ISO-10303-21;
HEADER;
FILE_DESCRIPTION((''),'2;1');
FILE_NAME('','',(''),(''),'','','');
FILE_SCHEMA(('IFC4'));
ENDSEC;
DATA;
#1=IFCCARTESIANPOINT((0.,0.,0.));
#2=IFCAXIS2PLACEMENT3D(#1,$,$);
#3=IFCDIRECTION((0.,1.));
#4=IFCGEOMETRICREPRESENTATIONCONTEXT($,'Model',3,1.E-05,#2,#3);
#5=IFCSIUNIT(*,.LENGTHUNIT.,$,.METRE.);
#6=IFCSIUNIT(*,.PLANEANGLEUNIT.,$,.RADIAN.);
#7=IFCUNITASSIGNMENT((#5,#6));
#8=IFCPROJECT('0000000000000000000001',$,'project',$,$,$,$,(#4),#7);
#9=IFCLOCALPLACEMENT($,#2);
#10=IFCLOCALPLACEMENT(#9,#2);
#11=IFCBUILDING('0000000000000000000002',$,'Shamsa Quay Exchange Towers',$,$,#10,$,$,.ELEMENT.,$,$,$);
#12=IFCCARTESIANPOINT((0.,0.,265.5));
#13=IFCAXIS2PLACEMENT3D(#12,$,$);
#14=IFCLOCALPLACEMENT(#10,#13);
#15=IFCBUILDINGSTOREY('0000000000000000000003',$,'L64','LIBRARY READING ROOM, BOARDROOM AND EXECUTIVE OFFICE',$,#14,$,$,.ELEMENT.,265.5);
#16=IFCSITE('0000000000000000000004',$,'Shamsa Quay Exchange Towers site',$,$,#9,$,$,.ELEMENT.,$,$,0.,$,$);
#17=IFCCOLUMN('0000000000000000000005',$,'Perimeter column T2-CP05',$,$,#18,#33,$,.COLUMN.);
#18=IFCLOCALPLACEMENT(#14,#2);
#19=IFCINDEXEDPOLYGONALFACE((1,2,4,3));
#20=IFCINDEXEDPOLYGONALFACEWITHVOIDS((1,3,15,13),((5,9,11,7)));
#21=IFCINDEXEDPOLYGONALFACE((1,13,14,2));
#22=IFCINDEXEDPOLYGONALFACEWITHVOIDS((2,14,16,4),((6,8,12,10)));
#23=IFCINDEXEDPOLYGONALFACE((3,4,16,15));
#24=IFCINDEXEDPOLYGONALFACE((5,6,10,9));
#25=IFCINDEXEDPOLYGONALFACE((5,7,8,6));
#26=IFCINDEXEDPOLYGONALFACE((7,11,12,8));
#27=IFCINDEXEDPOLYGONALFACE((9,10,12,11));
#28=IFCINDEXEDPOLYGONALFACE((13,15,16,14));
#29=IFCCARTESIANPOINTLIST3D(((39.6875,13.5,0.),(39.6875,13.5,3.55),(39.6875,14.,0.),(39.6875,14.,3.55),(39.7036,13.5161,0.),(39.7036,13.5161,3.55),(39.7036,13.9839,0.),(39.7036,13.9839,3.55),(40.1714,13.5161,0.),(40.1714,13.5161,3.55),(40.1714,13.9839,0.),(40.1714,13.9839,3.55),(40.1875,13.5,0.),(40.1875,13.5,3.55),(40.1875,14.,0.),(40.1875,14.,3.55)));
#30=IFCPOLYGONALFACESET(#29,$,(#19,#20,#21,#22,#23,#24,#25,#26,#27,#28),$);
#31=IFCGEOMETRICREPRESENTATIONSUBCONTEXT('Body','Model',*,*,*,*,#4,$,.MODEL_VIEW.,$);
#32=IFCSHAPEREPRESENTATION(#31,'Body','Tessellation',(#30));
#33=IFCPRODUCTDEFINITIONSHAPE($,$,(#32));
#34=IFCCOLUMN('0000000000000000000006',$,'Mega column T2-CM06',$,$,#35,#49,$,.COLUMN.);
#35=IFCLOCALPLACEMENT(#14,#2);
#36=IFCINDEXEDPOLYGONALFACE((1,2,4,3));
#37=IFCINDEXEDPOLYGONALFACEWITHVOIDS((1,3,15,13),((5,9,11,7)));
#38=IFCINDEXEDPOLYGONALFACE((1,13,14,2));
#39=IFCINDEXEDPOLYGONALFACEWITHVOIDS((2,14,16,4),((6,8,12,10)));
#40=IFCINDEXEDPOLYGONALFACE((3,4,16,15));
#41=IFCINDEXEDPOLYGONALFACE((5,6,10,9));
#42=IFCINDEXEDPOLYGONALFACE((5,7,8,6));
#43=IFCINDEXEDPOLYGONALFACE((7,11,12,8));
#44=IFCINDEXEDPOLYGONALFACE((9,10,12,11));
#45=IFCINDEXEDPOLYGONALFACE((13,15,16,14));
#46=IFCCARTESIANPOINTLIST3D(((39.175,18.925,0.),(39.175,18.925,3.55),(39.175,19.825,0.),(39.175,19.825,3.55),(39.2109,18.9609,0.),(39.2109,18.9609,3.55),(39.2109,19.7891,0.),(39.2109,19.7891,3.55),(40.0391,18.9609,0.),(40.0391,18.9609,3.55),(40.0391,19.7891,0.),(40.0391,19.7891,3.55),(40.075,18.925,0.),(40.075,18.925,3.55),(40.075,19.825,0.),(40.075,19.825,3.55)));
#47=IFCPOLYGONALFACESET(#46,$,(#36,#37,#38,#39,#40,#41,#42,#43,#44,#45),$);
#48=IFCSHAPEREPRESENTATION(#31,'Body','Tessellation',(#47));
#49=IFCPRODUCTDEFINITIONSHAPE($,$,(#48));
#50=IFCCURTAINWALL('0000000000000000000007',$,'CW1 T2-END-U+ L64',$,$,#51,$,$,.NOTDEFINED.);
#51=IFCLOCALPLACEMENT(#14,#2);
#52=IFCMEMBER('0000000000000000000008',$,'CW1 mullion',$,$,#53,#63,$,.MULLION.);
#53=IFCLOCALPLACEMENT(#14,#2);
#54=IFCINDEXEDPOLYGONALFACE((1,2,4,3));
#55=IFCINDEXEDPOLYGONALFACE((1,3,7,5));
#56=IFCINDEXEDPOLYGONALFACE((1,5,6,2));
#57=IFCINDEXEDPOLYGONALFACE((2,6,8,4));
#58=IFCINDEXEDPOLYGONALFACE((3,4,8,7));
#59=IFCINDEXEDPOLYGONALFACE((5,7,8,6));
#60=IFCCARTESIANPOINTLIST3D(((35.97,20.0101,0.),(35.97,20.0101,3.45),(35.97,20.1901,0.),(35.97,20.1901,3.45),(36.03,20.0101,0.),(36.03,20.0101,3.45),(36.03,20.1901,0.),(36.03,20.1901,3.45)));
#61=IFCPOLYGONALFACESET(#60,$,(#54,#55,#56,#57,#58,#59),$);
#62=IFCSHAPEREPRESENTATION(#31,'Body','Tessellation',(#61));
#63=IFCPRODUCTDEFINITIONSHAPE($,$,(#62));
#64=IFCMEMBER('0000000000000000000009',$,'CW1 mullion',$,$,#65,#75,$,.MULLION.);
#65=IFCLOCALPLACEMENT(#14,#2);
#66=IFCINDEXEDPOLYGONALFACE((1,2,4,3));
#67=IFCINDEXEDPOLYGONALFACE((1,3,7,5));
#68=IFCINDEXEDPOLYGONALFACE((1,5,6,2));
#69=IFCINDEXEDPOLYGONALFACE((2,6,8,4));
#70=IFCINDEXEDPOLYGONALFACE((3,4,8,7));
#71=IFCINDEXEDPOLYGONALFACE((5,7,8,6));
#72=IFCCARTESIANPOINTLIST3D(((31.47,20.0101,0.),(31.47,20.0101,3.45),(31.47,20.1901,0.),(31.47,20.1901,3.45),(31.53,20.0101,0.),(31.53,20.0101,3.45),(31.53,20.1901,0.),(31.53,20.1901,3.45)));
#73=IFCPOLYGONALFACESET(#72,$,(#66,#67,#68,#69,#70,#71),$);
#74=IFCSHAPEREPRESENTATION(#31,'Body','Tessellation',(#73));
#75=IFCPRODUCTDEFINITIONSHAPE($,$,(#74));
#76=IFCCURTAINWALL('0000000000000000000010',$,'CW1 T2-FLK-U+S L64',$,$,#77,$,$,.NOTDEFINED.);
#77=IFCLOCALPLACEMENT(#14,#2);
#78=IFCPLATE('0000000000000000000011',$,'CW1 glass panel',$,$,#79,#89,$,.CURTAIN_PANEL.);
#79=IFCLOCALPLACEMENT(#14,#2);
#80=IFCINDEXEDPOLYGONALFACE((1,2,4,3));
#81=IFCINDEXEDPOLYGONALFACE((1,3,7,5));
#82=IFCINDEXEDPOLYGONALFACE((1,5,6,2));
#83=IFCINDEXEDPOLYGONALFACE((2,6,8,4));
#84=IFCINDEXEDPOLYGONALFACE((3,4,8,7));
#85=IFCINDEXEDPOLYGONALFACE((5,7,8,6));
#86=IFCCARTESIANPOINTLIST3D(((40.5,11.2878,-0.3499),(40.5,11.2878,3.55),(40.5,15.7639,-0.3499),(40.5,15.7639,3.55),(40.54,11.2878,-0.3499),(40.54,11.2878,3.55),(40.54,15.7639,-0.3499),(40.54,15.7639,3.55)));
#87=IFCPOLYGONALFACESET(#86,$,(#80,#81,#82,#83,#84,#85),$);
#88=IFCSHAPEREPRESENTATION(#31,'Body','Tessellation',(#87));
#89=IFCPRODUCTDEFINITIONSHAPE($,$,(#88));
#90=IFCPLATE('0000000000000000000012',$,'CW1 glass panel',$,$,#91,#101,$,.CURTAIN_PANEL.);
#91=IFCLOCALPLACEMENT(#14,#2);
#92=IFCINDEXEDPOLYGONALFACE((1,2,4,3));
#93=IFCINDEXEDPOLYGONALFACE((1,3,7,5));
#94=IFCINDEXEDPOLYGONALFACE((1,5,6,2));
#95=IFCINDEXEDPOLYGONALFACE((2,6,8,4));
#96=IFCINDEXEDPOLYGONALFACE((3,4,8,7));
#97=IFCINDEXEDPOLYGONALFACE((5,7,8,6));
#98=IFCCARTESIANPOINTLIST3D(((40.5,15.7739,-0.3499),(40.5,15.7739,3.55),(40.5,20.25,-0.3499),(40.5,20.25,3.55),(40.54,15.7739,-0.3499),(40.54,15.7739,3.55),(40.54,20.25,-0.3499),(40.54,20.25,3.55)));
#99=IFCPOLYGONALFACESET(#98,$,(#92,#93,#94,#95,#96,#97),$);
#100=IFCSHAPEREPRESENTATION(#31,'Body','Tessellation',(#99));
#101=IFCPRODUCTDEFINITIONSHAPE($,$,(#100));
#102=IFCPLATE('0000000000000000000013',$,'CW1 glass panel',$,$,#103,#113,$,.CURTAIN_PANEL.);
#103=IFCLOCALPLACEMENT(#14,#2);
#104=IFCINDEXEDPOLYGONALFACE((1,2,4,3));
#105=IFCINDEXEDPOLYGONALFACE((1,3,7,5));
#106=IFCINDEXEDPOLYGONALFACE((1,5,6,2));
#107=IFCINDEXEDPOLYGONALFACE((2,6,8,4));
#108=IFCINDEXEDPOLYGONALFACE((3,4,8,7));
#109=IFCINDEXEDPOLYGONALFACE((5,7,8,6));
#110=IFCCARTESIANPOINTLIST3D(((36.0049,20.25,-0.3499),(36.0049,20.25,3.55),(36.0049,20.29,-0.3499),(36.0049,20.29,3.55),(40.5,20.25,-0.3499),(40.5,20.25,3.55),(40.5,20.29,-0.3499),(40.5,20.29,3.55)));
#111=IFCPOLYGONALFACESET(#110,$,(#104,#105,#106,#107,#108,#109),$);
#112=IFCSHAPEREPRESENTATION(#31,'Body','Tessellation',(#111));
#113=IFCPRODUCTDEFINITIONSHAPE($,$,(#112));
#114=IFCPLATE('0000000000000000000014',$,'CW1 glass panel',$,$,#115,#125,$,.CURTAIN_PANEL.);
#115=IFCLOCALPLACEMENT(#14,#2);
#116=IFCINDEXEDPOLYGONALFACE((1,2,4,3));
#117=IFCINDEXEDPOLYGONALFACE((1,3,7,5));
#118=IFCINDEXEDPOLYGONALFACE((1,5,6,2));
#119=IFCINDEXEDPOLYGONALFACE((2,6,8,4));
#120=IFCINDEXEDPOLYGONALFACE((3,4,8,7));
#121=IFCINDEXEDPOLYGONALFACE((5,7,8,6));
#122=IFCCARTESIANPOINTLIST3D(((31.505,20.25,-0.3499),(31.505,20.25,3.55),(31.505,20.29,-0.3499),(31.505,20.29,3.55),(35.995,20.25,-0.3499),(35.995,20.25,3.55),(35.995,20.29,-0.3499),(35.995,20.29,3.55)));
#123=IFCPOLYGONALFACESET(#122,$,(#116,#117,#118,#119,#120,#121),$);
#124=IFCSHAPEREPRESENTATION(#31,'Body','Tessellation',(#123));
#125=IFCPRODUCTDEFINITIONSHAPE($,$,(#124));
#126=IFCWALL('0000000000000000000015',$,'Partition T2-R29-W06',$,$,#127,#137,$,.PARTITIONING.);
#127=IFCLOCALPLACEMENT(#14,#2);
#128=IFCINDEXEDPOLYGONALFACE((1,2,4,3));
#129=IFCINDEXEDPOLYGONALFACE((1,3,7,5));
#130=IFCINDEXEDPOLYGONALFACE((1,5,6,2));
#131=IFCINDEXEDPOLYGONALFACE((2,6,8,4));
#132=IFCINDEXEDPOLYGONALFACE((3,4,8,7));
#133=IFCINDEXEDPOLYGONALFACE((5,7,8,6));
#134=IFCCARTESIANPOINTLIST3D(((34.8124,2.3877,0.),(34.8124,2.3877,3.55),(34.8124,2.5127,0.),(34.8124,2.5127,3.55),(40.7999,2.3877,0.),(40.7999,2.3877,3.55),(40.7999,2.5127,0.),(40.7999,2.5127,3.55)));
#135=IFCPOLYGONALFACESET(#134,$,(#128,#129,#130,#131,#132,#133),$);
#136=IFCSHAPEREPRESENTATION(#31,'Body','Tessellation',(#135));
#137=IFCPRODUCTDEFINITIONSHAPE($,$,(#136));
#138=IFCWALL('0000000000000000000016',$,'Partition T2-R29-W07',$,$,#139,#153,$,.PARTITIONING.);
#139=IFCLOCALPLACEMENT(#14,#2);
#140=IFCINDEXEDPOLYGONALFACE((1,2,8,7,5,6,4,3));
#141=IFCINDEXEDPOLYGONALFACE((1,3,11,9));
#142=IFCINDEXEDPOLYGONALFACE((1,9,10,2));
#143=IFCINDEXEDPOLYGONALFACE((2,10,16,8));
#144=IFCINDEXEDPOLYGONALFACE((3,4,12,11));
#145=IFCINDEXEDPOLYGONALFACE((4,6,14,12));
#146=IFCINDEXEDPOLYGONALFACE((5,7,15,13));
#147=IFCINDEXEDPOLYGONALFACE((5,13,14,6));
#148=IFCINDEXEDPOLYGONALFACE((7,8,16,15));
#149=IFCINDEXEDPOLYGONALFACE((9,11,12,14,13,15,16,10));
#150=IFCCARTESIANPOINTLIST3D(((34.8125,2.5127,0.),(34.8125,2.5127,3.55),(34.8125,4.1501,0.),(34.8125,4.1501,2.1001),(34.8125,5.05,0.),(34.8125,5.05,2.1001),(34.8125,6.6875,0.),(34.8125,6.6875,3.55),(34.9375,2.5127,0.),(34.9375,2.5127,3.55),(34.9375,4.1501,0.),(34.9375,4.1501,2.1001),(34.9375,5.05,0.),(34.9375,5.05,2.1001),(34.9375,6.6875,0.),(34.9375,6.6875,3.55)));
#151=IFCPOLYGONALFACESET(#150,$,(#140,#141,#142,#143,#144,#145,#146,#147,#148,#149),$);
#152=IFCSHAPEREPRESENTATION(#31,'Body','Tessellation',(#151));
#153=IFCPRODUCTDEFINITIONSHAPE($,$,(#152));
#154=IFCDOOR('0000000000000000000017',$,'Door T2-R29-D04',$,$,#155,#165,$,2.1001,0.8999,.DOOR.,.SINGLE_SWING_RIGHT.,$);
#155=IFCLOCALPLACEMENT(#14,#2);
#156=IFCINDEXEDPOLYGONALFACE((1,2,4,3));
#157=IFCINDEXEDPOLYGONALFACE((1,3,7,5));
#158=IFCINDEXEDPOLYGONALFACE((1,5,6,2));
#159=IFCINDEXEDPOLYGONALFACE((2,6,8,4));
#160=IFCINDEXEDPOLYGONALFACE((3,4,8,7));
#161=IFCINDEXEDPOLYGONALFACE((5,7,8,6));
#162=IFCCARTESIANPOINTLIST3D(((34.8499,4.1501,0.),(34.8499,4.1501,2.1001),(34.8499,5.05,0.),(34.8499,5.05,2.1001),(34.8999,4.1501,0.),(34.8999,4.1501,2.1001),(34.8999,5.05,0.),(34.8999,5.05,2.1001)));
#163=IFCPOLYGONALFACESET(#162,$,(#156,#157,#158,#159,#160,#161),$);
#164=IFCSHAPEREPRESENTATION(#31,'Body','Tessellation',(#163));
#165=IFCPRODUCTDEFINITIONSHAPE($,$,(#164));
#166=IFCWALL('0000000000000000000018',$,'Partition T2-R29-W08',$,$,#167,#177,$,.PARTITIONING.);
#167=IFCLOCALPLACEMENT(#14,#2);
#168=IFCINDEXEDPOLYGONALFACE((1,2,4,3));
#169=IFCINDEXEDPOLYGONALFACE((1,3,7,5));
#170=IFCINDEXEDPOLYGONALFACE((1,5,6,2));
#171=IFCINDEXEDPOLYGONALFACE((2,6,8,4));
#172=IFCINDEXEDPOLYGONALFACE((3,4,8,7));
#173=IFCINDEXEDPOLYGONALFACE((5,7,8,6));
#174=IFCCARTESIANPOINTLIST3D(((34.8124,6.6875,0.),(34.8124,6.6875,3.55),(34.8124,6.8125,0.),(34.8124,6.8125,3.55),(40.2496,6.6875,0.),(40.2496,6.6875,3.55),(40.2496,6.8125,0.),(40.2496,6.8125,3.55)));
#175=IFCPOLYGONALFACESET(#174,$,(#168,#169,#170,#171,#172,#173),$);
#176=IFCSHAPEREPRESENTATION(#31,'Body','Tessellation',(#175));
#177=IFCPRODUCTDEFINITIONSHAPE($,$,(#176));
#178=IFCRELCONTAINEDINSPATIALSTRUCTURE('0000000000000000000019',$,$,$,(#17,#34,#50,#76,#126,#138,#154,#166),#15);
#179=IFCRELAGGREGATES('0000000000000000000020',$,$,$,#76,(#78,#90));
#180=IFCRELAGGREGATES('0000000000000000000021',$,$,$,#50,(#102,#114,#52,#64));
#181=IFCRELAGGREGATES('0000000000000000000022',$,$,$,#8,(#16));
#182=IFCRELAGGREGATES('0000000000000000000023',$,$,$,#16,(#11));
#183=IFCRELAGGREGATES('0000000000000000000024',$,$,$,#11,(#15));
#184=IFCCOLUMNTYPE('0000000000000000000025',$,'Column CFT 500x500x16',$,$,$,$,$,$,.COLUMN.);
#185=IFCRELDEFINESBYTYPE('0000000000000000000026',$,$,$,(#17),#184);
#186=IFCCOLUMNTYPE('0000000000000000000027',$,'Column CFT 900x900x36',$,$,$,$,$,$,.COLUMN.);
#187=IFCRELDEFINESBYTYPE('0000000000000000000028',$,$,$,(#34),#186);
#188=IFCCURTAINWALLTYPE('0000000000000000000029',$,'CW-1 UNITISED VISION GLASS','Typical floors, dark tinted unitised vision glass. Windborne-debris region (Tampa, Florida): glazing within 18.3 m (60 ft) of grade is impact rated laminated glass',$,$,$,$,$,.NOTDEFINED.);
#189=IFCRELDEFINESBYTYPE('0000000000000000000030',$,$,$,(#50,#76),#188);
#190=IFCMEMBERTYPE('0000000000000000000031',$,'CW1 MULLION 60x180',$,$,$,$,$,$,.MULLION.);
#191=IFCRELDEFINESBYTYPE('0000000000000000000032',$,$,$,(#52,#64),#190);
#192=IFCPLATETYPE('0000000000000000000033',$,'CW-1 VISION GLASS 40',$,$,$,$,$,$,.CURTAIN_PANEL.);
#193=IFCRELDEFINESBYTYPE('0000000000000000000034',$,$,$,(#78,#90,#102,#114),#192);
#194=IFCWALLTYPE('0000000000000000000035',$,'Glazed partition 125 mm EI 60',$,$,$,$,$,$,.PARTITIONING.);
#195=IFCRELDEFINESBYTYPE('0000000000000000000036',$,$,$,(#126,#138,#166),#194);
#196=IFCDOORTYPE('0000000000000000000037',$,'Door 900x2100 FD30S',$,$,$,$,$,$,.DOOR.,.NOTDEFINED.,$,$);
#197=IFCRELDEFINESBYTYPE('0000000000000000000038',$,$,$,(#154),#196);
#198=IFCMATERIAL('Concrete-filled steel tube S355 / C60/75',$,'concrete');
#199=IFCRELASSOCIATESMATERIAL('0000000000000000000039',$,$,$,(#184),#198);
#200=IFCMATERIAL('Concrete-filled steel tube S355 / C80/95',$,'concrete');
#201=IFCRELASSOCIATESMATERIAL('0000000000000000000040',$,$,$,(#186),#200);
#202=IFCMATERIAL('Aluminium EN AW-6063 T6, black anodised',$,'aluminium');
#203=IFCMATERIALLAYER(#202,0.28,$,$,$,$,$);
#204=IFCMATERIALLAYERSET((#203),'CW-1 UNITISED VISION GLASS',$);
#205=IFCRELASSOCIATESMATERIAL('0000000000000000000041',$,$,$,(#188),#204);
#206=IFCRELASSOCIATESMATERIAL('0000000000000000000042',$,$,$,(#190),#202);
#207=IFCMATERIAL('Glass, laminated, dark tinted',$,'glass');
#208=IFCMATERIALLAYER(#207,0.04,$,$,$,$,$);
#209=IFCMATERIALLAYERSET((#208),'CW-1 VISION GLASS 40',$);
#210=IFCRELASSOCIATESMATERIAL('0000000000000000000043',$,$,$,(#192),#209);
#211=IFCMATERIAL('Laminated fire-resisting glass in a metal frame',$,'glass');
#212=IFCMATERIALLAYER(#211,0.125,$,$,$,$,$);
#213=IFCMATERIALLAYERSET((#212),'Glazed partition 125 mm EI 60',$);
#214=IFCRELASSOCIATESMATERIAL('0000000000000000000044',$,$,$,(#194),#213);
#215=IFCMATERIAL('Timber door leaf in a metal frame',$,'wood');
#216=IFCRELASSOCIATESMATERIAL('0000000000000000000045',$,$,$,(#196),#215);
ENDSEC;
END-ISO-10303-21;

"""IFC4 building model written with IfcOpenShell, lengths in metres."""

from ifc_helpers import new_model, si_unit, direction, frame, frame_2d, origin, origin_2d, place, context, subcontext, project, spatial, rectangle, hollow_rectangle, extrude, material, layer, layer_set, material_profile, profile_set, type_object, element, fill, aggregate, save


model = new_model("IFC4")

# Units and contexts
model_context = context("Model", 3, precision=1e-05, world=origin(), true_north=direction((0.0, 1.0)))
body_context = subcontext(model_context, "Body", "Model", "MODEL_VIEW")
ifc_project = project(units=[si_unit("LENGTHUNIT", "METRE"), si_unit("PLANEANGLEUNIT", "RADIAN")], contexts=[model_context])

# Site, building, storey
site_placement = place(None, origin())
site = spatial("IfcSite", under=ifc_project, at=site_placement, Name="Shamsa Quay Exchange Towers site", CompositionType="ELEMENT", RefElevation=0.0)
building_placement = place(site_placement, origin())
building = spatial("IfcBuilding", under=site, at=building_placement, Name="Shamsa Quay Exchange Towers", CompositionType="ELEMENT")
storey_placement = place(building_placement, frame((0.0, 0.0, 265.5)))
storey = spatial("IfcBuildingStorey", under=building, at=storey_placement, Name="L64", Description="LIBRARY READING ROOM, BOARDROOM AND EXECUTIVE OFFICE", CompositionType="ELEMENT", Elevation=265.5)

# Columns
ifc_material_1 = material(Name="Concrete-filled steel tube S355 / C60/75", Category="concrete")
ifc_material_profile_1 = material_profile(ifc_material_1, hollow_rectangle(XDim=0.5, YDim=0.5, WallThickness=0.0161, at=origin_2d()), Name="CFT 500x500x16")
ifc_profile_set_1 = profile_set([ifc_material_profile_1], Name="Concrete-filled steel tube S355 / C60/75")
column_type_1 = type_object("IfcColumnType", Name="Column CFT 500x500x16", PredefinedType="COLUMN", material=ifc_profile_set_1)
column_1_placement = place(storey_placement, frame((39.9375, 13.75, 0.0)))
element("IfcColumn", 1, at=column_1_placement, inside=storey, type_object=column_type_1, Name="Perimeter column T2-CP05", PredefinedType="COLUMN", context=body_context, shape_type="SweptSolid", body=[
    extrude(hollow_rectangle(XDim=0.5, YDim=0.5, WallThickness=0.0161, at=origin_2d()), origin(), (0.0, 0.0, 1.0), 3.55),
])
ifc_material_2 = material(Name="Concrete-filled steel tube S355 / C80/95", Category="concrete")
ifc_material_profile_2 = material_profile(ifc_material_2, hollow_rectangle(XDim=0.8999, YDim=0.8999, WallThickness=0.0359, at=origin_2d()), Name="CFT 900x900x36")
ifc_profile_set_2 = profile_set([ifc_material_profile_2], Name="Concrete-filled steel tube S355 / C80/95")
column_type_2 = type_object("IfcColumnType", Name="Column CFT 900x900x36", PredefinedType="COLUMN", material=ifc_profile_set_2)
column_2_placement = place(storey_placement, frame((39.625, 19.375, 0.0)))
element("IfcColumn", 2, at=column_2_placement, inside=storey, type_object=column_type_2, Name="Mega column T2-CM06", PredefinedType="COLUMN", context=body_context, shape_type="SweptSolid", body=[
    extrude(hollow_rectangle(XDim=0.8999, YDim=0.8999, WallThickness=0.0359, at=origin_2d()), origin(), (0.0, 0.0, 1.0), 3.55),
])

# Curtain wall, members
ifc_material_3 = material(Name="Aluminium EN AW-6063 T6, black anodised", Category="aluminium")
ifc_layer_1 = layer(ifc_material_3, 0.28)
ifc_layer_set_1 = layer_set([ifc_layer_1], Name="CW-1 UNITISED VISION GLASS")
curtain_wall_type = type_object("IfcCurtainWallType", Name="CW-1 UNITISED VISION GLASS", Description="Typical floors, dark tinted unitised vision glass. Windborne-debris region (Tampa, Florida): glazing within 18.3 m (60 ft) of grade is impact rated laminated glass", PredefinedType="NOTDEFINED", material=ifc_layer_set_1)
curtain_wall_1_placement = place(storey_placement, origin())
curtain_wall_1 = element("IfcCurtainWall", 3, at=curtain_wall_1_placement, inside=storey, type_object=curtain_wall_type, Name="CW1 T2-END-U+ L64", PredefinedType="NOTDEFINED")
ifc_material_profile_3 = material_profile(ifc_material_3, rectangle(XDim=0.1799, YDim=0.0601, at=origin_2d()), Name="MU60x180")
ifc_profile_set_3 = profile_set([ifc_material_profile_3], Name="Aluminium EN AW-6063 T6, black anodised")
member_type = type_object("IfcMemberType", Name="CW1 MULLION 60x180", PredefinedType="MULLION", material=ifc_profile_set_3)
member_1_placement = place(storey_placement, frame((36.0, 20.1001, 0.0), z_axis=(0.0, 0.0, 1.0), x_axis=(0.0, -1.0, 0.0)))
member_1 = element("IfcMember", 4, at=member_1_placement, type_object=member_type, Name="CW1 mullion", PredefinedType="MULLION", context=body_context, shape_type="SweptSolid", body=[
    extrude(rectangle(XDim=0.1799, YDim=0.0601, at=origin_2d()), origin(), (0.0, 0.0, 1.0), 3.45),
])
member_2_placement = place(storey_placement, frame((31.5, 20.1001, 0.0), z_axis=(0.0, 0.0, 1.0), x_axis=(0.0, -1.0, 0.0)))
member_2 = element("IfcMember", 5, at=member_2_placement, type_object=member_type, Name="CW1 mullion", PredefinedType="MULLION", context=body_context, shape_type="SweptSolid", body=[
    extrude(rectangle(XDim=0.1799, YDim=0.0601, at=origin_2d()), origin(), (0.0, 0.0, 1.0), 3.45),
])

# Curtain wall, plates
curtain_wall_2_placement = place(storey_placement, origin())
curtain_wall_2 = element("IfcCurtainWall", 6, at=curtain_wall_2_placement, inside=storey, type_object=curtain_wall_type, Name="CW1 T2-FLK-U+S L64", PredefinedType="NOTDEFINED")
ifc_material_4 = material(Name="Glass, laminated, dark tinted", Category="glass")
ifc_layer_2 = layer(ifc_material_4, 0.04)
ifc_layer_set_2 = layer_set([ifc_layer_2], Name="CW-1 VISION GLASS 40")
plate_type = type_object("IfcPlateType", Name="CW-1 VISION GLASS 40", PredefinedType="CURTAIN_PANEL", material=ifc_layer_set_2)
plate_1_placement = place(storey_placement, frame((40.52, 13.5259, -0.3499), z_axis=(0.0, 0.0, 1.0), x_axis=(0.0, 1.0, 0.0)))
plate_1 = element("IfcPlate", 7, at=plate_1_placement, type_object=plate_type, Name="CW1 glass panel", PredefinedType="CURTAIN_PANEL", context=body_context, shape_type="SweptSolid", body=[
    extrude(rectangle(XDim=4.4761, YDim=0.04, at=origin_2d()), origin(), (0.0, 0.0, 1.0), 3.8999),
])
plate_2_placement = place(storey_placement, frame((40.52, 18.012, -0.3499), z_axis=(0.0, 0.0, 1.0), x_axis=(0.0, 1.0, 0.0)))
plate_2 = element("IfcPlate", 8, at=plate_2_placement, type_object=plate_type, Name="CW1 glass panel", PredefinedType="CURTAIN_PANEL", context=body_context, shape_type="SweptSolid", body=[
    extrude(rectangle(XDim=4.4761, YDim=0.04, at=origin_2d()), origin(), (0.0, 0.0, 1.0), 3.8999),
])
aggregate(curtain_wall_2, [plate_1, plate_2])

# Plates
plate_3_placement = place(storey_placement, frame((38.2524, 20.27, -0.3499), z_axis=(0.0, 0.0, 1.0), x_axis=(-1.0, 0.0, 0.0)))
plate_3 = element("IfcPlate", 9, at=plate_3_placement, type_object=plate_type, Name="CW1 glass panel", PredefinedType="CURTAIN_PANEL", context=body_context, shape_type="SweptSolid", body=[
    extrude(rectangle(XDim=4.4951, YDim=0.04, at=origin_2d()), origin(), (0.0, 0.0, 1.0), 3.8999),
])
plate_4_placement = place(storey_placement, frame((33.75, 20.27, -0.3499), z_axis=(0.0, 0.0, 1.0), x_axis=(-1.0, 0.0, 0.0)))
plate_4 = element("IfcPlate", 10, at=plate_4_placement, type_object=plate_type, Name="CW1 glass panel", PredefinedType="CURTAIN_PANEL", context=body_context, shape_type="SweptSolid", body=[
    extrude(rectangle(XDim=4.49, YDim=0.04, at=origin_2d()), origin(), (0.0, 0.0, 1.0), 3.8999),
])
aggregate(curtain_wall_1, [plate_3, plate_4, member_1, member_2])

# Wall
ifc_material_5 = material(Name="Laminated fire-resisting glass in a metal frame", Category="glass")
ifc_layer_3 = layer(ifc_material_5, 0.125)
ifc_layer_set_3 = layer_set([ifc_layer_3], Name="Glazed partition 125 mm EI 60")
wall_type_1 = type_object("IfcWallType", Name="Glazed partition 125 mm EI 60", PredefinedType="PARTITIONING", material=ifc_layer_set_3)
wall_1_placement = place(storey_placement, frame((34.8125, 2.4502, 0.0)))
element("IfcWall", 11, at=wall_1_placement, inside=storey, type_object=wall_type_1, Name="Partition T2-R29-W06", PredefinedType="PARTITIONING", context=body_context, shape_type="SweptSolid", body=[
    extrude(rectangle(XDim=5.9875, YDim=0.125, at=frame_2d((2.9937, 0.0))), origin(), (0.0, 0.0, 1.0), 3.55),
])

# Wall, opening, door
wall_2_placement = place(storey_placement, frame((34.875, 6.6875, 0.0), z_axis=(0.0, 0.0, 1.0), x_axis=(0.0, -1.0, 0.0)))
wall_2 = element("IfcWall", 12, at=wall_2_placement, inside=storey, type_object=wall_type_1, Name="Partition T2-R29-W07", PredefinedType="PARTITIONING", context=body_context, shape_type="SweptSolid", body=[
    extrude(rectangle(XDim=4.1748, YDim=0.125, at=frame_2d((2.0874, 0.0))), origin(), (0.0, 0.0, 1.0), 3.55),
])
opening_1_placement = place(wall_2_placement, frame((1.6375, 0.0, 0.0)))
opening_1 = element("IfcOpeningElement", 13, at=opening_1_placement, cuts=wall_2, PredefinedType="OPENING", context=body_context, shape_type="SweptSolid", body=[
    extrude(rectangle(XDim=0.8999, YDim=2.1001, at=frame_2d((0.45, 1.05))), frame((0.0, 0.0725, 0.0), z_axis=(0.0, -1.0, 0.0), x_axis=(1.0, 0.0, 0.0)), (0.0, 0.0, 1.0), 0.145),
])
ifc_material_6 = material(Name="Timber door leaf in a metal frame", Category="wood")
door_type_1 = type_object("IfcDoorType", Name="Door 900x2100 FD30S", OperationType="NOTDEFINED", PredefinedType="DOOR", material=ifc_material_6)
door_1_placement = place(opening_1_placement, origin())
door_1 = element("IfcDoor", 14, at=door_1_placement, inside=storey, type_object=door_type_1, Name="Door T2-R29-D04", OperationType="SINGLE_SWING_RIGHT", OverallHeight=2.1001, OverallWidth=0.8999, PredefinedType="DOOR", context=body_context, shape_type="SweptSolid", body=[
    extrude(rectangle(XDim=0.8999, YDim=2.1001, at=frame_2d((0.45, 1.05))), frame((0.0, 0.0249, 0.0), z_axis=(0.0, -1.0, 0.0), x_axis=(1.0, 0.0, 0.0)), (0.0, 0.0, 1.0), 0.05),
])
fill(opening_1, door_1)

# Wall
wall_3_placement = place(storey_placement, frame((40.2498, 6.75, 0.0), z_axis=(0.0, 0.0, 1.0), x_axis=(-1.0, 0.0, 0.0)))
element("IfcWall", 15, at=wall_3_placement, inside=storey, type_object=wall_type_1, Name="Partition T2-R29-W08", PredefinedType="PARTITIONING", context=body_context, shape_type="SweptSolid", body=[
    extrude(rectangle(XDim=5.4373, YDim=0.125, at=frame_2d((2.7188, 0.0))), origin(), (0.0, 0.0, 1.0), 3.55),
])

save(model, "model.ifc")
